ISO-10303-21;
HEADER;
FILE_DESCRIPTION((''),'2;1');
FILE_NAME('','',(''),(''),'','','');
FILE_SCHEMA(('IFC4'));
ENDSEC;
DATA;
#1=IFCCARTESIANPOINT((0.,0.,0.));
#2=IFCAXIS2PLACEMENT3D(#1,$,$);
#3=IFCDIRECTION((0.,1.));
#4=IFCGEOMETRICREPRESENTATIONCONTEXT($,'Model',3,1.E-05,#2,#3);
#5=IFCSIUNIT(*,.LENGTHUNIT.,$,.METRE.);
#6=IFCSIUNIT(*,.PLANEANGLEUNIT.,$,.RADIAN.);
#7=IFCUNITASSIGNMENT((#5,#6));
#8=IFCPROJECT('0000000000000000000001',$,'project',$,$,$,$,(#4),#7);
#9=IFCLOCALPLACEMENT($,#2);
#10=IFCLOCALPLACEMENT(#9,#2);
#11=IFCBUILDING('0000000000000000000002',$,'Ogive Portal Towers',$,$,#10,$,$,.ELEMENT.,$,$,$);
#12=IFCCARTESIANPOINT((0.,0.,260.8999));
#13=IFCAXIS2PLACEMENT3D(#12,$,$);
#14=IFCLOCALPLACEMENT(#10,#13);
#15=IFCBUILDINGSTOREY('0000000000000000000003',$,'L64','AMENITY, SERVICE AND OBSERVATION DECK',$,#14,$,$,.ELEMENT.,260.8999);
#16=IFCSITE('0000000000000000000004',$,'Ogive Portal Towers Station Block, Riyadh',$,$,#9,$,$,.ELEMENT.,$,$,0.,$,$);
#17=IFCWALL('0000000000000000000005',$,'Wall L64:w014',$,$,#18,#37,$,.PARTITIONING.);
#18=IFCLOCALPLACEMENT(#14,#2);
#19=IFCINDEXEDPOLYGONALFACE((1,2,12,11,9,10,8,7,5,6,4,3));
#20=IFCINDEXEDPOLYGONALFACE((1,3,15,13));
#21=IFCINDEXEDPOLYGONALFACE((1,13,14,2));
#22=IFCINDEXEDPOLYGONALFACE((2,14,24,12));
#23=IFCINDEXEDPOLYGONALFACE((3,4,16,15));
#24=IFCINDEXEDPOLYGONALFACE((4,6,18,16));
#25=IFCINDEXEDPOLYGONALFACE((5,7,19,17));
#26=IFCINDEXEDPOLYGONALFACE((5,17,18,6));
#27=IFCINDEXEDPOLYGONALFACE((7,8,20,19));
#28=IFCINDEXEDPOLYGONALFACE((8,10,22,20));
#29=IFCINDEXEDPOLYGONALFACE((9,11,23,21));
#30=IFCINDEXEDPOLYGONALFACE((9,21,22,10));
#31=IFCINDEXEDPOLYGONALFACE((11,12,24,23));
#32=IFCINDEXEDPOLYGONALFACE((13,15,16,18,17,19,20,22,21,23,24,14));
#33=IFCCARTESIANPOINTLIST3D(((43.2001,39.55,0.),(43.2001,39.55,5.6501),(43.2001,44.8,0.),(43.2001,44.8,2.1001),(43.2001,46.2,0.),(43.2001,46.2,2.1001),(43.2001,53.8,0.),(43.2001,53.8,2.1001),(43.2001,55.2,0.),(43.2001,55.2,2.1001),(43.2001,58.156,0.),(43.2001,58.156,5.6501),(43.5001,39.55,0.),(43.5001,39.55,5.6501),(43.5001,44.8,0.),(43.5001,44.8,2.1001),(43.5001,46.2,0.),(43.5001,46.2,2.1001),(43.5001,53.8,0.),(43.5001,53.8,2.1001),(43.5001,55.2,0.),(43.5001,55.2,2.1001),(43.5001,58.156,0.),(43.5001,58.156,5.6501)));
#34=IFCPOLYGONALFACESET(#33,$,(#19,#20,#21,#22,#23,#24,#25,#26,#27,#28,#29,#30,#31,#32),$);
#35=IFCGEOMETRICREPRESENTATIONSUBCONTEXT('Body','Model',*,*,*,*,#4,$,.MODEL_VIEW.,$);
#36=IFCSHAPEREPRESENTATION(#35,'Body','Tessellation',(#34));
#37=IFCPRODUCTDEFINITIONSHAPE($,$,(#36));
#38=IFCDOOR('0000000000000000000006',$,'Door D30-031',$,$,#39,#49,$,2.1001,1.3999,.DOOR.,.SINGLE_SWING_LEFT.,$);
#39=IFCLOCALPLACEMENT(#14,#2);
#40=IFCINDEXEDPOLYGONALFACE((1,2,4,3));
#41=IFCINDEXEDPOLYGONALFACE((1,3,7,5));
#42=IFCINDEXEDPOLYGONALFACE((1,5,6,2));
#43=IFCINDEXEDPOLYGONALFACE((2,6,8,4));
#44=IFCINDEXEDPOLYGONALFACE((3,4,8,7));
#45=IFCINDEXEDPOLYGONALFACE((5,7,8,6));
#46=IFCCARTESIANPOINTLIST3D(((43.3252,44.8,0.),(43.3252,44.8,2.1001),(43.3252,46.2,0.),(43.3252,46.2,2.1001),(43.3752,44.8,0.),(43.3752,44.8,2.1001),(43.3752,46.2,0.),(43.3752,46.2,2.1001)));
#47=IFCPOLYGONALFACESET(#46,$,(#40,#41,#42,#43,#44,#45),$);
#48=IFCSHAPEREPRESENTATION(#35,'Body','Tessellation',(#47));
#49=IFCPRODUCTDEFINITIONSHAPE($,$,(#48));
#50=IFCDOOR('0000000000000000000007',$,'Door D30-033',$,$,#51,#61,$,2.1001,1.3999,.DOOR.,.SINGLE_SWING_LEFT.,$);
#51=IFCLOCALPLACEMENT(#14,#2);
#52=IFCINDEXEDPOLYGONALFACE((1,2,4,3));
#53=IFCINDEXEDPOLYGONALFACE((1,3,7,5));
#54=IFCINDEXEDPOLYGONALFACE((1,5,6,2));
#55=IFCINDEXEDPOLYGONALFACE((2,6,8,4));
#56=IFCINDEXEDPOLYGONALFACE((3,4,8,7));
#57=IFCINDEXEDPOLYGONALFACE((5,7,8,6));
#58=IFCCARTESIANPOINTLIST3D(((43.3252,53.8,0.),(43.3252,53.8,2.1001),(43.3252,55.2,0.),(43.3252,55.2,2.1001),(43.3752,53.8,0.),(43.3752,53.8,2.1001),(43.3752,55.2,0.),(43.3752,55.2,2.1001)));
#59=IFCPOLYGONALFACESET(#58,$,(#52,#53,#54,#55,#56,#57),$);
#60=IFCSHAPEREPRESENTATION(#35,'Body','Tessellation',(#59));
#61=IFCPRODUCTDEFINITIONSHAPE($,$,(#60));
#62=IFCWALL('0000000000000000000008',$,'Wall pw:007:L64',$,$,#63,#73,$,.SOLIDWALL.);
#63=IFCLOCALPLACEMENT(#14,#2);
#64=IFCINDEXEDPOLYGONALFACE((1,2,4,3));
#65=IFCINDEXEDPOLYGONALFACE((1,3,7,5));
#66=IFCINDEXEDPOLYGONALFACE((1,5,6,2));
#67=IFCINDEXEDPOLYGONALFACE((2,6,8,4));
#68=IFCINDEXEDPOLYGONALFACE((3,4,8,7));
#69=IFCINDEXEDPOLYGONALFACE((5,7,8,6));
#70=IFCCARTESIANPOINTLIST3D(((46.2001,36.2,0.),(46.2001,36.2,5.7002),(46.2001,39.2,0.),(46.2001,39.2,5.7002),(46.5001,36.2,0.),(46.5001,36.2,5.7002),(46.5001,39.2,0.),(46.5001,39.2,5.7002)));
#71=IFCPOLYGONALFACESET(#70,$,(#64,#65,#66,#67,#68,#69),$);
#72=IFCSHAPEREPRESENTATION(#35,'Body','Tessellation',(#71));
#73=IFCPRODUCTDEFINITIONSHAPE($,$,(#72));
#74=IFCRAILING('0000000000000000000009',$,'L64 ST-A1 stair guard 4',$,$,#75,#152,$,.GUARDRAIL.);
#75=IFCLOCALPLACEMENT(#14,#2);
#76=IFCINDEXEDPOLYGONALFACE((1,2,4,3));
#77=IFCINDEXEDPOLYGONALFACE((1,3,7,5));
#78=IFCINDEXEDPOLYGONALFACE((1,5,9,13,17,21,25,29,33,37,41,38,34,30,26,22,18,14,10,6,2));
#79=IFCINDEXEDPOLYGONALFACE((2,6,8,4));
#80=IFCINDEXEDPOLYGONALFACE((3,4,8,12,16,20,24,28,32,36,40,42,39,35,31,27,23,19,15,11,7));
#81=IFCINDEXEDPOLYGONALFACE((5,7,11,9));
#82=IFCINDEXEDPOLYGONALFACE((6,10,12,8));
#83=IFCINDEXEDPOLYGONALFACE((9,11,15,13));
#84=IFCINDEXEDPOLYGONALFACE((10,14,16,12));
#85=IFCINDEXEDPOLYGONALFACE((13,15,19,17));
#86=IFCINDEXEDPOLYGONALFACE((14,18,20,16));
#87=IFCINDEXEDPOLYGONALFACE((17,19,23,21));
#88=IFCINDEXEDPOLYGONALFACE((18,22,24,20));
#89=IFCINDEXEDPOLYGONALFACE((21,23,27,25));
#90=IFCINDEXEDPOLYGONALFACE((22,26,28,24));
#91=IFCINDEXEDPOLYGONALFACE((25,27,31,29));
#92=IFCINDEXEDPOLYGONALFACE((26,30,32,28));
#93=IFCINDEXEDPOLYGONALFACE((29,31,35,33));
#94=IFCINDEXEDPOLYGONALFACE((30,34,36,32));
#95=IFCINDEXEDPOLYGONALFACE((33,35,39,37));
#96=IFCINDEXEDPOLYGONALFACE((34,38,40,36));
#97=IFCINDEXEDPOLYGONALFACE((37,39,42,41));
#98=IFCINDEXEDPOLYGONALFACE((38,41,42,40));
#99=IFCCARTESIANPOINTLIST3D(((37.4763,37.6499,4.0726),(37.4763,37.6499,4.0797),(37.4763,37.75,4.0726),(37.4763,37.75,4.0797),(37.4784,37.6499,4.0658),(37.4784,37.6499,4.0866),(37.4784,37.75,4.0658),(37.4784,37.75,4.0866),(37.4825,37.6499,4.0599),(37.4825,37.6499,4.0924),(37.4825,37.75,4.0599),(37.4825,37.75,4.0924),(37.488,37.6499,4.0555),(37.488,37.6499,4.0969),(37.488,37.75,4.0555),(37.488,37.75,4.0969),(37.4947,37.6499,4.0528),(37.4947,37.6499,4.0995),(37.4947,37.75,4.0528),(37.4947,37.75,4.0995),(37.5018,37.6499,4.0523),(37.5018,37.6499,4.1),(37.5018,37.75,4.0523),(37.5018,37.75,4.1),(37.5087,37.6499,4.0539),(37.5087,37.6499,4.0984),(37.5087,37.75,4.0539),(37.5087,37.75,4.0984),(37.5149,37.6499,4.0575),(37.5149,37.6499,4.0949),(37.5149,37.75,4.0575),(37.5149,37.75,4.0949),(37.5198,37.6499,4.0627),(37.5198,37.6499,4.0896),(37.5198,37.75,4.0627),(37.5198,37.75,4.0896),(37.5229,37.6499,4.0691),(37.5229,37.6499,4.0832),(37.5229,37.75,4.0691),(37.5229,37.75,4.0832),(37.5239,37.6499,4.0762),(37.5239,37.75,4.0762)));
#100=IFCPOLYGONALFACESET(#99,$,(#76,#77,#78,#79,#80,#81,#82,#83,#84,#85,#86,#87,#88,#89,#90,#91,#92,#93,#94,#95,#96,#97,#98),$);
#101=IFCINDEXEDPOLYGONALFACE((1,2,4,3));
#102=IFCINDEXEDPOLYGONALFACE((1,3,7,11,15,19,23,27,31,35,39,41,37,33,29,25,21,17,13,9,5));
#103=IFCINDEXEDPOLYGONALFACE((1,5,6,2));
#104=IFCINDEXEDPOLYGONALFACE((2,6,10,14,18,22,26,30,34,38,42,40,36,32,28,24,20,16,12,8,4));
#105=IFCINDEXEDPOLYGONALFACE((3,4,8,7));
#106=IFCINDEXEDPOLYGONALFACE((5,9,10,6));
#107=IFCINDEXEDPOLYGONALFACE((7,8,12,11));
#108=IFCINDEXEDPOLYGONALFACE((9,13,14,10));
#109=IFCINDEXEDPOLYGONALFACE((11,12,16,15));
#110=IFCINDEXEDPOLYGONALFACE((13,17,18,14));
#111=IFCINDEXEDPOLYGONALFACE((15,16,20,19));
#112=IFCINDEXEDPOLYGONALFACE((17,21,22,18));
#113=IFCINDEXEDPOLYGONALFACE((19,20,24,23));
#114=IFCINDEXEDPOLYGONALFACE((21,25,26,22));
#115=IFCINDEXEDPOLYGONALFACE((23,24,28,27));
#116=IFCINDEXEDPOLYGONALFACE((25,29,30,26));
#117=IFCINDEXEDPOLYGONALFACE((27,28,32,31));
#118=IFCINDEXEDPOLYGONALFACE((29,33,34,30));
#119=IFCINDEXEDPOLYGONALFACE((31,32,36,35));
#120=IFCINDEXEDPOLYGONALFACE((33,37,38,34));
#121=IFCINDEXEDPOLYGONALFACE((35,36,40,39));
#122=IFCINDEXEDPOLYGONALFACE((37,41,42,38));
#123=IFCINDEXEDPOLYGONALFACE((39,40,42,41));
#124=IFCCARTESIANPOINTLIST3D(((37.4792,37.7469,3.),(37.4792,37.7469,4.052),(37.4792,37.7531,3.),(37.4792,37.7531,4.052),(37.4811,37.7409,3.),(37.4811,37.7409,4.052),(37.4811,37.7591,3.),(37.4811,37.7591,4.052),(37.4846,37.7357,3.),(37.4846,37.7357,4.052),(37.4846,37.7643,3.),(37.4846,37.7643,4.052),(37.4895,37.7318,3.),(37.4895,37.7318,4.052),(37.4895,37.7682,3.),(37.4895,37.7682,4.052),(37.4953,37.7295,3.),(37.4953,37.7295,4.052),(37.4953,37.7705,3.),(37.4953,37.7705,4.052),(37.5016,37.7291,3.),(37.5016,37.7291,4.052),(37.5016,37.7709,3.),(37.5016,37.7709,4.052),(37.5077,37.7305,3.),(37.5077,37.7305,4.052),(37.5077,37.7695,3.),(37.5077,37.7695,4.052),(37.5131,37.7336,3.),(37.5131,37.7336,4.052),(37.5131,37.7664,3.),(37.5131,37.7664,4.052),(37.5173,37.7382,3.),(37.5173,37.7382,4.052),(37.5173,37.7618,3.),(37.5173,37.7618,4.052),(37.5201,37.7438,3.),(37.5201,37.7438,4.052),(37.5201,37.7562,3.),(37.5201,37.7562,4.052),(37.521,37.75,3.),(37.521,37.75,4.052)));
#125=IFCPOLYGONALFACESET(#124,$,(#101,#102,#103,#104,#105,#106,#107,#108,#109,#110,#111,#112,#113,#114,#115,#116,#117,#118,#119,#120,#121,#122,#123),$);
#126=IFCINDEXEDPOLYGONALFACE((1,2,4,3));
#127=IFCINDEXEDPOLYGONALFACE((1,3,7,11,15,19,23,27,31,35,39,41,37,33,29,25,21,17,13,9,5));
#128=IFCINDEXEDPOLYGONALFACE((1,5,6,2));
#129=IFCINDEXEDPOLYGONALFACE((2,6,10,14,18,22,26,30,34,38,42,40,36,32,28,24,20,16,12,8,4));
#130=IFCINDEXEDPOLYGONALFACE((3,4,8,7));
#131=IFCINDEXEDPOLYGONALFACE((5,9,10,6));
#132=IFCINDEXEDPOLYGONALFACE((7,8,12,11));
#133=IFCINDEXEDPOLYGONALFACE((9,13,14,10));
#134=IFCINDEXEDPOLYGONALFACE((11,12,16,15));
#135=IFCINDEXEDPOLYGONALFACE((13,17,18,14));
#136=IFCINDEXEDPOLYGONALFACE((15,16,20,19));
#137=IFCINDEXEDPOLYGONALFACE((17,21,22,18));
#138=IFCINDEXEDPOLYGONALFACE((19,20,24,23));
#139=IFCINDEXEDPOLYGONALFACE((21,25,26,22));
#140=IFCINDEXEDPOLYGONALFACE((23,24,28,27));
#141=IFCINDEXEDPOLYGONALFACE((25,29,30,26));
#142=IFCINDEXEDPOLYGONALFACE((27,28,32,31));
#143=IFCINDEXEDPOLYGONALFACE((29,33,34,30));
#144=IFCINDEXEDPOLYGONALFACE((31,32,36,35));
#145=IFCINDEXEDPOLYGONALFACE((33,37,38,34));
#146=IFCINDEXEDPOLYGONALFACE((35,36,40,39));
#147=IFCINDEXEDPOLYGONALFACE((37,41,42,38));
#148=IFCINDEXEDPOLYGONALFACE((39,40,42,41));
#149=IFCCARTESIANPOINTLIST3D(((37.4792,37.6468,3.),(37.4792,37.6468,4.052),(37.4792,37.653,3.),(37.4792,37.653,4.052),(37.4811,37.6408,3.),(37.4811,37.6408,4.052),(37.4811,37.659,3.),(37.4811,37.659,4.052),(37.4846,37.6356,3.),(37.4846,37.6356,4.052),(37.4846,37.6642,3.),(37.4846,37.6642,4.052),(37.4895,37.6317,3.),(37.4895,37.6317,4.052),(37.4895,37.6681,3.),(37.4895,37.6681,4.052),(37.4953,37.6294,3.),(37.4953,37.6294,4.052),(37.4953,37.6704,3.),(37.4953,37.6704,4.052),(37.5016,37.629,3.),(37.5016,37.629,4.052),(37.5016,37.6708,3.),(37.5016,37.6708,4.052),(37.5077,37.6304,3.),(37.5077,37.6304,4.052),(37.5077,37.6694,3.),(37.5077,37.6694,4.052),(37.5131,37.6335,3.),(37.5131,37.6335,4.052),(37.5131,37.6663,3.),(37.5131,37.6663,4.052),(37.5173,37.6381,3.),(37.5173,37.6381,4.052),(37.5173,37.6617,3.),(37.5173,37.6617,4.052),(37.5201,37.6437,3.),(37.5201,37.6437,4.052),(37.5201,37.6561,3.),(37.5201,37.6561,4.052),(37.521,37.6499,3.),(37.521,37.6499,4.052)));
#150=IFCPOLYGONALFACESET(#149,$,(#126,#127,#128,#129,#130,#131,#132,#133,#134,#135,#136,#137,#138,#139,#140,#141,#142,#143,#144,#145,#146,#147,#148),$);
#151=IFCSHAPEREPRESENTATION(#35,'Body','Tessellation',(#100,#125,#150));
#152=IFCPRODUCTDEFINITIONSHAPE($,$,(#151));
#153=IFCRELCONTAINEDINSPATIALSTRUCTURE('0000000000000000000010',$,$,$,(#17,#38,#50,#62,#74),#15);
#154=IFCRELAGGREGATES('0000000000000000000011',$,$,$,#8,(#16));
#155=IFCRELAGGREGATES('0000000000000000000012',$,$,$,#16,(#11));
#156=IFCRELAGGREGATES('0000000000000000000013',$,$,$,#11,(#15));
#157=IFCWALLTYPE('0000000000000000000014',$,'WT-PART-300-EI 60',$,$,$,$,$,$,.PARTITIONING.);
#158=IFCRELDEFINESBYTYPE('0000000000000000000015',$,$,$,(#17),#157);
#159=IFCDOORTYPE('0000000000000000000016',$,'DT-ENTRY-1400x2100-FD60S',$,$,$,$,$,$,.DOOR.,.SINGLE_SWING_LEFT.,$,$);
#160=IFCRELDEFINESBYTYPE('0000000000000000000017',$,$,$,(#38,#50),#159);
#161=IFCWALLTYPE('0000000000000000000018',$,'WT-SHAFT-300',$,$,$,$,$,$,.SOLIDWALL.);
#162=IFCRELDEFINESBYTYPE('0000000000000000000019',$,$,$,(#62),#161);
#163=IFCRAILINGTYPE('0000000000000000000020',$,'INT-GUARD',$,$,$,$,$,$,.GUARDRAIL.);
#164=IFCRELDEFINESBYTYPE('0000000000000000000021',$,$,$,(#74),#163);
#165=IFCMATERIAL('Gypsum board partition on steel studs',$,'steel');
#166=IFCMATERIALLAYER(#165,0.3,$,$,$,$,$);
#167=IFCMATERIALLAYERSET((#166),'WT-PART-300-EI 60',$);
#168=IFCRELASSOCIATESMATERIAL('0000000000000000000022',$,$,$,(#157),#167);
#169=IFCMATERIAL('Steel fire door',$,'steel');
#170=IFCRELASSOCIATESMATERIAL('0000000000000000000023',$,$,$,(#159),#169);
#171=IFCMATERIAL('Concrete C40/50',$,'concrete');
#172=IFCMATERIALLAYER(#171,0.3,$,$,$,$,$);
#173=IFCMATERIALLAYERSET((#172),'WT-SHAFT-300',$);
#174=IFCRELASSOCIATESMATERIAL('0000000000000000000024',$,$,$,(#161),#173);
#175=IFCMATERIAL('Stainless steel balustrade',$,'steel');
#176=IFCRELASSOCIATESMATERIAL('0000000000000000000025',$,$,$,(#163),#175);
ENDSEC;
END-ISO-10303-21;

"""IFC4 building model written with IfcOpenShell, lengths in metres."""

from ifc_helpers import new_model, si_unit, direction, frame, frame_2d, origin, origin_2d, place, context, subcontext, project, spatial, rectangle, circle, extrude, material, layer, layer_set, type_object, element, fill, save


model = new_model("IFC4")

# Units and contexts
model_context = context("Model", 3, precision=1e-05, world=origin(), true_north=direction((0.0, 1.0)))
body_context = subcontext(model_context, "Body", "Model", "MODEL_VIEW")
ifc_project = project(units=[si_unit("LENGTHUNIT", "METRE"), si_unit("PLANEANGLEUNIT", "RADIAN")], contexts=[model_context])

# Site, building, storey
site_placement = place(None, origin())
site = spatial("IfcSite", under=ifc_project, at=site_placement, Name="Ogive Portal Towers Station Block, Riyadh", CompositionType="ELEMENT", RefElevation=0.0)
building_placement = place(site_placement, origin())
building = spatial("IfcBuilding", under=site, at=building_placement, Name="Ogive Portal Towers", CompositionType="ELEMENT")
storey_placement = place(building_placement, frame((0.0, 0.0, 260.8999)))
storey = spatial("IfcBuildingStorey", under=building, at=storey_placement, Name="L64", Description="AMENITY, SERVICE AND OBSERVATION DECK", CompositionType="ELEMENT", Elevation=260.8999)

# Shared definitions
ifc_material_1 = material(Name="Steel fire door", Category="steel")

# Wall, openings, doors
ifc_material_2 = material(Name="Gypsum board partition on steel studs", Category="steel")
ifc_layer_1 = layer(ifc_material_2, 0.3)
ifc_layer_set_1 = layer_set([ifc_layer_1], Name="WT-PART-300-EI 60")
wall_type_1 = type_object("IfcWallType", Name="WT-PART-300-EI 60", PredefinedType="PARTITIONING", material=ifc_layer_set_1)
door_type_1 = type_object("IfcDoorType", Name="DT-ENTRY-1400x2100-FD60S", OperationType="SINGLE_SWING_LEFT", PredefinedType="DOOR", material=ifc_material_1)
wall_1_placement = place(storey_placement, frame((43.3501, 39.55, 0.0), z_axis=(0.0, 0.0, 1.0), x_axis=(0.0, 1.0, 0.0)))
wall_1 = element("IfcWall", 1, at=wall_1_placement, inside=storey, type_object=wall_type_1, Name="Wall L64:w014", PredefinedType="PARTITIONING", context=body_context, shape_type="SweptSolid", body=[
    extrude(rectangle(XDim=18.606, YDim=0.3, at=frame_2d((9.303, 0.0))), origin(), (0.0, 0.0, 1.0), 5.6501),
])
opening_1_placement = place(wall_1_placement, frame((5.25, 0.0, 0.0)))
opening_1 = element("IfcOpeningElement", 2, at=opening_1_placement, cuts=wall_1, PredefinedType="OPENING", context=body_context, shape_type="SweptSolid", body=[
    extrude(rectangle(XDim=1.3999, YDim=2.1001, at=frame_2d((0.7, 1.05))), frame((0.0, 0.1602, 0.0), z_axis=(0.0, -1.0, 0.0), x_axis=(1.0, 0.0, 0.0)), (0.0, 0.0, 1.0), 0.3201),
])
opening_2_placement = place(wall_1_placement, frame((14.25, 0.0, 0.0)))
opening_2 = element("IfcOpeningElement", 3, at=opening_2_placement, cuts=wall_1, PredefinedType="OPENING", context=body_context, shape_type="SweptSolid", body=[
    extrude(rectangle(XDim=1.3999, YDim=2.1001, at=frame_2d((0.7, 1.05))), frame((0.0, 0.1602, 0.0), z_axis=(0.0, -1.0, 0.0), x_axis=(1.0, 0.0, 0.0)), (0.0, 0.0, 1.0), 0.3201),
])
door_1_placement = place(opening_1_placement, origin())
door_1 = element("IfcDoor", 4, at=door_1_placement, inside=storey, type_object=door_type_1, Name="Door D30-031", OperationType="SINGLE_SWING_LEFT", OverallHeight=2.1001, OverallWidth=1.3999, PredefinedType="DOOR", context=body_context, shape_type="SweptSolid", body=[
    extrude(rectangle(XDim=1.3999, YDim=2.1001, at=frame_2d((0.7, 1.05))), frame((0.0, 0.0249, 0.0), z_axis=(0.0, -1.0, 0.0), x_axis=(1.0, 0.0, 0.0)), (0.0, 0.0, 1.0), 0.05),
])
fill(opening_1, door_1)
door_2_placement = place(opening_2_placement, origin())
door_2 = element("IfcDoor", 5, at=door_2_placement, inside=storey, type_object=door_type_1, Name="Door D30-033", OperationType="SINGLE_SWING_LEFT", OverallHeight=2.1001, OverallWidth=1.3999, PredefinedType="DOOR", context=body_context, shape_type="SweptSolid", body=[
    extrude(rectangle(XDim=1.3999, YDim=2.1001, at=frame_2d((0.7, 1.05))), frame((0.0, 0.0249, 0.0), z_axis=(0.0, -1.0, 0.0), x_axis=(1.0, 0.0, 0.0)), (0.0, 0.0, 1.0), 0.05),
])
fill(opening_2, door_2)

# Wall
ifc_material_3 = material(Name="Concrete C40/50", Category="concrete")
ifc_layer_2 = layer(ifc_material_3, 0.3)
ifc_layer_set_2 = layer_set([ifc_layer_2], Name="WT-SHAFT-300")
wall_type_2 = type_object("IfcWallType", Name="WT-SHAFT-300", PredefinedType="SOLIDWALL", material=ifc_layer_set_2)
wall_2_placement = place(storey_placement, frame((46.3501, 36.2, 0.0), z_axis=(0.0, 0.0, 1.0), x_axis=(0.0, 1.0, 0.0)))
element("IfcWall", 6, at=wall_2_placement, inside=storey, type_object=wall_type_2, Name="Wall pw:007:L64", PredefinedType="SOLIDWALL", context=body_context, shape_type="SweptSolid", body=[
    extrude(rectangle(XDim=3.0, YDim=0.3, at=frame_2d((1.5, 0.0))), origin(), (0.0, 0.0, 1.0), 5.7002),
])

# Railing
ifc_material_4 = material(Name="Stainless steel balustrade", Category="steel")
railing_type_1 = type_object("IfcRailingType", Name="INT-GUARD", PredefinedType="GUARDRAIL", material=ifc_material_4)
railing_1_placement = place(storey_placement, frame((37.5, 37.75, 3.0)))
element("IfcRailing", 7, at=railing_1_placement, inside=storey, type_object=railing_type_1, Name="L64 ST-A1 stair guard 4", PredefinedType="GUARDRAIL", context=body_context, shape_type="SweptSolid", body=[
    extrude(circle(Radius=0.0239, at=origin_2d()), frame((0.0, 0.0, 1.0762), z_axis=(0.0, -1.0, 0.0), x_axis=(1.0, 0.0, 0.0)), (0.0, 0.0, 1.0), 0.1001),
    extrude(circle(Radius=0.021, at=origin_2d()), origin(), (0.0, 0.0, 1.0), 1.052),
    extrude(circle(Radius=0.021, at=origin_2d()), frame((0.0, -0.1001, 0.0)), (0.0, 0.0, 1.0), 1.052),
])

save(model, "model.ifc")
